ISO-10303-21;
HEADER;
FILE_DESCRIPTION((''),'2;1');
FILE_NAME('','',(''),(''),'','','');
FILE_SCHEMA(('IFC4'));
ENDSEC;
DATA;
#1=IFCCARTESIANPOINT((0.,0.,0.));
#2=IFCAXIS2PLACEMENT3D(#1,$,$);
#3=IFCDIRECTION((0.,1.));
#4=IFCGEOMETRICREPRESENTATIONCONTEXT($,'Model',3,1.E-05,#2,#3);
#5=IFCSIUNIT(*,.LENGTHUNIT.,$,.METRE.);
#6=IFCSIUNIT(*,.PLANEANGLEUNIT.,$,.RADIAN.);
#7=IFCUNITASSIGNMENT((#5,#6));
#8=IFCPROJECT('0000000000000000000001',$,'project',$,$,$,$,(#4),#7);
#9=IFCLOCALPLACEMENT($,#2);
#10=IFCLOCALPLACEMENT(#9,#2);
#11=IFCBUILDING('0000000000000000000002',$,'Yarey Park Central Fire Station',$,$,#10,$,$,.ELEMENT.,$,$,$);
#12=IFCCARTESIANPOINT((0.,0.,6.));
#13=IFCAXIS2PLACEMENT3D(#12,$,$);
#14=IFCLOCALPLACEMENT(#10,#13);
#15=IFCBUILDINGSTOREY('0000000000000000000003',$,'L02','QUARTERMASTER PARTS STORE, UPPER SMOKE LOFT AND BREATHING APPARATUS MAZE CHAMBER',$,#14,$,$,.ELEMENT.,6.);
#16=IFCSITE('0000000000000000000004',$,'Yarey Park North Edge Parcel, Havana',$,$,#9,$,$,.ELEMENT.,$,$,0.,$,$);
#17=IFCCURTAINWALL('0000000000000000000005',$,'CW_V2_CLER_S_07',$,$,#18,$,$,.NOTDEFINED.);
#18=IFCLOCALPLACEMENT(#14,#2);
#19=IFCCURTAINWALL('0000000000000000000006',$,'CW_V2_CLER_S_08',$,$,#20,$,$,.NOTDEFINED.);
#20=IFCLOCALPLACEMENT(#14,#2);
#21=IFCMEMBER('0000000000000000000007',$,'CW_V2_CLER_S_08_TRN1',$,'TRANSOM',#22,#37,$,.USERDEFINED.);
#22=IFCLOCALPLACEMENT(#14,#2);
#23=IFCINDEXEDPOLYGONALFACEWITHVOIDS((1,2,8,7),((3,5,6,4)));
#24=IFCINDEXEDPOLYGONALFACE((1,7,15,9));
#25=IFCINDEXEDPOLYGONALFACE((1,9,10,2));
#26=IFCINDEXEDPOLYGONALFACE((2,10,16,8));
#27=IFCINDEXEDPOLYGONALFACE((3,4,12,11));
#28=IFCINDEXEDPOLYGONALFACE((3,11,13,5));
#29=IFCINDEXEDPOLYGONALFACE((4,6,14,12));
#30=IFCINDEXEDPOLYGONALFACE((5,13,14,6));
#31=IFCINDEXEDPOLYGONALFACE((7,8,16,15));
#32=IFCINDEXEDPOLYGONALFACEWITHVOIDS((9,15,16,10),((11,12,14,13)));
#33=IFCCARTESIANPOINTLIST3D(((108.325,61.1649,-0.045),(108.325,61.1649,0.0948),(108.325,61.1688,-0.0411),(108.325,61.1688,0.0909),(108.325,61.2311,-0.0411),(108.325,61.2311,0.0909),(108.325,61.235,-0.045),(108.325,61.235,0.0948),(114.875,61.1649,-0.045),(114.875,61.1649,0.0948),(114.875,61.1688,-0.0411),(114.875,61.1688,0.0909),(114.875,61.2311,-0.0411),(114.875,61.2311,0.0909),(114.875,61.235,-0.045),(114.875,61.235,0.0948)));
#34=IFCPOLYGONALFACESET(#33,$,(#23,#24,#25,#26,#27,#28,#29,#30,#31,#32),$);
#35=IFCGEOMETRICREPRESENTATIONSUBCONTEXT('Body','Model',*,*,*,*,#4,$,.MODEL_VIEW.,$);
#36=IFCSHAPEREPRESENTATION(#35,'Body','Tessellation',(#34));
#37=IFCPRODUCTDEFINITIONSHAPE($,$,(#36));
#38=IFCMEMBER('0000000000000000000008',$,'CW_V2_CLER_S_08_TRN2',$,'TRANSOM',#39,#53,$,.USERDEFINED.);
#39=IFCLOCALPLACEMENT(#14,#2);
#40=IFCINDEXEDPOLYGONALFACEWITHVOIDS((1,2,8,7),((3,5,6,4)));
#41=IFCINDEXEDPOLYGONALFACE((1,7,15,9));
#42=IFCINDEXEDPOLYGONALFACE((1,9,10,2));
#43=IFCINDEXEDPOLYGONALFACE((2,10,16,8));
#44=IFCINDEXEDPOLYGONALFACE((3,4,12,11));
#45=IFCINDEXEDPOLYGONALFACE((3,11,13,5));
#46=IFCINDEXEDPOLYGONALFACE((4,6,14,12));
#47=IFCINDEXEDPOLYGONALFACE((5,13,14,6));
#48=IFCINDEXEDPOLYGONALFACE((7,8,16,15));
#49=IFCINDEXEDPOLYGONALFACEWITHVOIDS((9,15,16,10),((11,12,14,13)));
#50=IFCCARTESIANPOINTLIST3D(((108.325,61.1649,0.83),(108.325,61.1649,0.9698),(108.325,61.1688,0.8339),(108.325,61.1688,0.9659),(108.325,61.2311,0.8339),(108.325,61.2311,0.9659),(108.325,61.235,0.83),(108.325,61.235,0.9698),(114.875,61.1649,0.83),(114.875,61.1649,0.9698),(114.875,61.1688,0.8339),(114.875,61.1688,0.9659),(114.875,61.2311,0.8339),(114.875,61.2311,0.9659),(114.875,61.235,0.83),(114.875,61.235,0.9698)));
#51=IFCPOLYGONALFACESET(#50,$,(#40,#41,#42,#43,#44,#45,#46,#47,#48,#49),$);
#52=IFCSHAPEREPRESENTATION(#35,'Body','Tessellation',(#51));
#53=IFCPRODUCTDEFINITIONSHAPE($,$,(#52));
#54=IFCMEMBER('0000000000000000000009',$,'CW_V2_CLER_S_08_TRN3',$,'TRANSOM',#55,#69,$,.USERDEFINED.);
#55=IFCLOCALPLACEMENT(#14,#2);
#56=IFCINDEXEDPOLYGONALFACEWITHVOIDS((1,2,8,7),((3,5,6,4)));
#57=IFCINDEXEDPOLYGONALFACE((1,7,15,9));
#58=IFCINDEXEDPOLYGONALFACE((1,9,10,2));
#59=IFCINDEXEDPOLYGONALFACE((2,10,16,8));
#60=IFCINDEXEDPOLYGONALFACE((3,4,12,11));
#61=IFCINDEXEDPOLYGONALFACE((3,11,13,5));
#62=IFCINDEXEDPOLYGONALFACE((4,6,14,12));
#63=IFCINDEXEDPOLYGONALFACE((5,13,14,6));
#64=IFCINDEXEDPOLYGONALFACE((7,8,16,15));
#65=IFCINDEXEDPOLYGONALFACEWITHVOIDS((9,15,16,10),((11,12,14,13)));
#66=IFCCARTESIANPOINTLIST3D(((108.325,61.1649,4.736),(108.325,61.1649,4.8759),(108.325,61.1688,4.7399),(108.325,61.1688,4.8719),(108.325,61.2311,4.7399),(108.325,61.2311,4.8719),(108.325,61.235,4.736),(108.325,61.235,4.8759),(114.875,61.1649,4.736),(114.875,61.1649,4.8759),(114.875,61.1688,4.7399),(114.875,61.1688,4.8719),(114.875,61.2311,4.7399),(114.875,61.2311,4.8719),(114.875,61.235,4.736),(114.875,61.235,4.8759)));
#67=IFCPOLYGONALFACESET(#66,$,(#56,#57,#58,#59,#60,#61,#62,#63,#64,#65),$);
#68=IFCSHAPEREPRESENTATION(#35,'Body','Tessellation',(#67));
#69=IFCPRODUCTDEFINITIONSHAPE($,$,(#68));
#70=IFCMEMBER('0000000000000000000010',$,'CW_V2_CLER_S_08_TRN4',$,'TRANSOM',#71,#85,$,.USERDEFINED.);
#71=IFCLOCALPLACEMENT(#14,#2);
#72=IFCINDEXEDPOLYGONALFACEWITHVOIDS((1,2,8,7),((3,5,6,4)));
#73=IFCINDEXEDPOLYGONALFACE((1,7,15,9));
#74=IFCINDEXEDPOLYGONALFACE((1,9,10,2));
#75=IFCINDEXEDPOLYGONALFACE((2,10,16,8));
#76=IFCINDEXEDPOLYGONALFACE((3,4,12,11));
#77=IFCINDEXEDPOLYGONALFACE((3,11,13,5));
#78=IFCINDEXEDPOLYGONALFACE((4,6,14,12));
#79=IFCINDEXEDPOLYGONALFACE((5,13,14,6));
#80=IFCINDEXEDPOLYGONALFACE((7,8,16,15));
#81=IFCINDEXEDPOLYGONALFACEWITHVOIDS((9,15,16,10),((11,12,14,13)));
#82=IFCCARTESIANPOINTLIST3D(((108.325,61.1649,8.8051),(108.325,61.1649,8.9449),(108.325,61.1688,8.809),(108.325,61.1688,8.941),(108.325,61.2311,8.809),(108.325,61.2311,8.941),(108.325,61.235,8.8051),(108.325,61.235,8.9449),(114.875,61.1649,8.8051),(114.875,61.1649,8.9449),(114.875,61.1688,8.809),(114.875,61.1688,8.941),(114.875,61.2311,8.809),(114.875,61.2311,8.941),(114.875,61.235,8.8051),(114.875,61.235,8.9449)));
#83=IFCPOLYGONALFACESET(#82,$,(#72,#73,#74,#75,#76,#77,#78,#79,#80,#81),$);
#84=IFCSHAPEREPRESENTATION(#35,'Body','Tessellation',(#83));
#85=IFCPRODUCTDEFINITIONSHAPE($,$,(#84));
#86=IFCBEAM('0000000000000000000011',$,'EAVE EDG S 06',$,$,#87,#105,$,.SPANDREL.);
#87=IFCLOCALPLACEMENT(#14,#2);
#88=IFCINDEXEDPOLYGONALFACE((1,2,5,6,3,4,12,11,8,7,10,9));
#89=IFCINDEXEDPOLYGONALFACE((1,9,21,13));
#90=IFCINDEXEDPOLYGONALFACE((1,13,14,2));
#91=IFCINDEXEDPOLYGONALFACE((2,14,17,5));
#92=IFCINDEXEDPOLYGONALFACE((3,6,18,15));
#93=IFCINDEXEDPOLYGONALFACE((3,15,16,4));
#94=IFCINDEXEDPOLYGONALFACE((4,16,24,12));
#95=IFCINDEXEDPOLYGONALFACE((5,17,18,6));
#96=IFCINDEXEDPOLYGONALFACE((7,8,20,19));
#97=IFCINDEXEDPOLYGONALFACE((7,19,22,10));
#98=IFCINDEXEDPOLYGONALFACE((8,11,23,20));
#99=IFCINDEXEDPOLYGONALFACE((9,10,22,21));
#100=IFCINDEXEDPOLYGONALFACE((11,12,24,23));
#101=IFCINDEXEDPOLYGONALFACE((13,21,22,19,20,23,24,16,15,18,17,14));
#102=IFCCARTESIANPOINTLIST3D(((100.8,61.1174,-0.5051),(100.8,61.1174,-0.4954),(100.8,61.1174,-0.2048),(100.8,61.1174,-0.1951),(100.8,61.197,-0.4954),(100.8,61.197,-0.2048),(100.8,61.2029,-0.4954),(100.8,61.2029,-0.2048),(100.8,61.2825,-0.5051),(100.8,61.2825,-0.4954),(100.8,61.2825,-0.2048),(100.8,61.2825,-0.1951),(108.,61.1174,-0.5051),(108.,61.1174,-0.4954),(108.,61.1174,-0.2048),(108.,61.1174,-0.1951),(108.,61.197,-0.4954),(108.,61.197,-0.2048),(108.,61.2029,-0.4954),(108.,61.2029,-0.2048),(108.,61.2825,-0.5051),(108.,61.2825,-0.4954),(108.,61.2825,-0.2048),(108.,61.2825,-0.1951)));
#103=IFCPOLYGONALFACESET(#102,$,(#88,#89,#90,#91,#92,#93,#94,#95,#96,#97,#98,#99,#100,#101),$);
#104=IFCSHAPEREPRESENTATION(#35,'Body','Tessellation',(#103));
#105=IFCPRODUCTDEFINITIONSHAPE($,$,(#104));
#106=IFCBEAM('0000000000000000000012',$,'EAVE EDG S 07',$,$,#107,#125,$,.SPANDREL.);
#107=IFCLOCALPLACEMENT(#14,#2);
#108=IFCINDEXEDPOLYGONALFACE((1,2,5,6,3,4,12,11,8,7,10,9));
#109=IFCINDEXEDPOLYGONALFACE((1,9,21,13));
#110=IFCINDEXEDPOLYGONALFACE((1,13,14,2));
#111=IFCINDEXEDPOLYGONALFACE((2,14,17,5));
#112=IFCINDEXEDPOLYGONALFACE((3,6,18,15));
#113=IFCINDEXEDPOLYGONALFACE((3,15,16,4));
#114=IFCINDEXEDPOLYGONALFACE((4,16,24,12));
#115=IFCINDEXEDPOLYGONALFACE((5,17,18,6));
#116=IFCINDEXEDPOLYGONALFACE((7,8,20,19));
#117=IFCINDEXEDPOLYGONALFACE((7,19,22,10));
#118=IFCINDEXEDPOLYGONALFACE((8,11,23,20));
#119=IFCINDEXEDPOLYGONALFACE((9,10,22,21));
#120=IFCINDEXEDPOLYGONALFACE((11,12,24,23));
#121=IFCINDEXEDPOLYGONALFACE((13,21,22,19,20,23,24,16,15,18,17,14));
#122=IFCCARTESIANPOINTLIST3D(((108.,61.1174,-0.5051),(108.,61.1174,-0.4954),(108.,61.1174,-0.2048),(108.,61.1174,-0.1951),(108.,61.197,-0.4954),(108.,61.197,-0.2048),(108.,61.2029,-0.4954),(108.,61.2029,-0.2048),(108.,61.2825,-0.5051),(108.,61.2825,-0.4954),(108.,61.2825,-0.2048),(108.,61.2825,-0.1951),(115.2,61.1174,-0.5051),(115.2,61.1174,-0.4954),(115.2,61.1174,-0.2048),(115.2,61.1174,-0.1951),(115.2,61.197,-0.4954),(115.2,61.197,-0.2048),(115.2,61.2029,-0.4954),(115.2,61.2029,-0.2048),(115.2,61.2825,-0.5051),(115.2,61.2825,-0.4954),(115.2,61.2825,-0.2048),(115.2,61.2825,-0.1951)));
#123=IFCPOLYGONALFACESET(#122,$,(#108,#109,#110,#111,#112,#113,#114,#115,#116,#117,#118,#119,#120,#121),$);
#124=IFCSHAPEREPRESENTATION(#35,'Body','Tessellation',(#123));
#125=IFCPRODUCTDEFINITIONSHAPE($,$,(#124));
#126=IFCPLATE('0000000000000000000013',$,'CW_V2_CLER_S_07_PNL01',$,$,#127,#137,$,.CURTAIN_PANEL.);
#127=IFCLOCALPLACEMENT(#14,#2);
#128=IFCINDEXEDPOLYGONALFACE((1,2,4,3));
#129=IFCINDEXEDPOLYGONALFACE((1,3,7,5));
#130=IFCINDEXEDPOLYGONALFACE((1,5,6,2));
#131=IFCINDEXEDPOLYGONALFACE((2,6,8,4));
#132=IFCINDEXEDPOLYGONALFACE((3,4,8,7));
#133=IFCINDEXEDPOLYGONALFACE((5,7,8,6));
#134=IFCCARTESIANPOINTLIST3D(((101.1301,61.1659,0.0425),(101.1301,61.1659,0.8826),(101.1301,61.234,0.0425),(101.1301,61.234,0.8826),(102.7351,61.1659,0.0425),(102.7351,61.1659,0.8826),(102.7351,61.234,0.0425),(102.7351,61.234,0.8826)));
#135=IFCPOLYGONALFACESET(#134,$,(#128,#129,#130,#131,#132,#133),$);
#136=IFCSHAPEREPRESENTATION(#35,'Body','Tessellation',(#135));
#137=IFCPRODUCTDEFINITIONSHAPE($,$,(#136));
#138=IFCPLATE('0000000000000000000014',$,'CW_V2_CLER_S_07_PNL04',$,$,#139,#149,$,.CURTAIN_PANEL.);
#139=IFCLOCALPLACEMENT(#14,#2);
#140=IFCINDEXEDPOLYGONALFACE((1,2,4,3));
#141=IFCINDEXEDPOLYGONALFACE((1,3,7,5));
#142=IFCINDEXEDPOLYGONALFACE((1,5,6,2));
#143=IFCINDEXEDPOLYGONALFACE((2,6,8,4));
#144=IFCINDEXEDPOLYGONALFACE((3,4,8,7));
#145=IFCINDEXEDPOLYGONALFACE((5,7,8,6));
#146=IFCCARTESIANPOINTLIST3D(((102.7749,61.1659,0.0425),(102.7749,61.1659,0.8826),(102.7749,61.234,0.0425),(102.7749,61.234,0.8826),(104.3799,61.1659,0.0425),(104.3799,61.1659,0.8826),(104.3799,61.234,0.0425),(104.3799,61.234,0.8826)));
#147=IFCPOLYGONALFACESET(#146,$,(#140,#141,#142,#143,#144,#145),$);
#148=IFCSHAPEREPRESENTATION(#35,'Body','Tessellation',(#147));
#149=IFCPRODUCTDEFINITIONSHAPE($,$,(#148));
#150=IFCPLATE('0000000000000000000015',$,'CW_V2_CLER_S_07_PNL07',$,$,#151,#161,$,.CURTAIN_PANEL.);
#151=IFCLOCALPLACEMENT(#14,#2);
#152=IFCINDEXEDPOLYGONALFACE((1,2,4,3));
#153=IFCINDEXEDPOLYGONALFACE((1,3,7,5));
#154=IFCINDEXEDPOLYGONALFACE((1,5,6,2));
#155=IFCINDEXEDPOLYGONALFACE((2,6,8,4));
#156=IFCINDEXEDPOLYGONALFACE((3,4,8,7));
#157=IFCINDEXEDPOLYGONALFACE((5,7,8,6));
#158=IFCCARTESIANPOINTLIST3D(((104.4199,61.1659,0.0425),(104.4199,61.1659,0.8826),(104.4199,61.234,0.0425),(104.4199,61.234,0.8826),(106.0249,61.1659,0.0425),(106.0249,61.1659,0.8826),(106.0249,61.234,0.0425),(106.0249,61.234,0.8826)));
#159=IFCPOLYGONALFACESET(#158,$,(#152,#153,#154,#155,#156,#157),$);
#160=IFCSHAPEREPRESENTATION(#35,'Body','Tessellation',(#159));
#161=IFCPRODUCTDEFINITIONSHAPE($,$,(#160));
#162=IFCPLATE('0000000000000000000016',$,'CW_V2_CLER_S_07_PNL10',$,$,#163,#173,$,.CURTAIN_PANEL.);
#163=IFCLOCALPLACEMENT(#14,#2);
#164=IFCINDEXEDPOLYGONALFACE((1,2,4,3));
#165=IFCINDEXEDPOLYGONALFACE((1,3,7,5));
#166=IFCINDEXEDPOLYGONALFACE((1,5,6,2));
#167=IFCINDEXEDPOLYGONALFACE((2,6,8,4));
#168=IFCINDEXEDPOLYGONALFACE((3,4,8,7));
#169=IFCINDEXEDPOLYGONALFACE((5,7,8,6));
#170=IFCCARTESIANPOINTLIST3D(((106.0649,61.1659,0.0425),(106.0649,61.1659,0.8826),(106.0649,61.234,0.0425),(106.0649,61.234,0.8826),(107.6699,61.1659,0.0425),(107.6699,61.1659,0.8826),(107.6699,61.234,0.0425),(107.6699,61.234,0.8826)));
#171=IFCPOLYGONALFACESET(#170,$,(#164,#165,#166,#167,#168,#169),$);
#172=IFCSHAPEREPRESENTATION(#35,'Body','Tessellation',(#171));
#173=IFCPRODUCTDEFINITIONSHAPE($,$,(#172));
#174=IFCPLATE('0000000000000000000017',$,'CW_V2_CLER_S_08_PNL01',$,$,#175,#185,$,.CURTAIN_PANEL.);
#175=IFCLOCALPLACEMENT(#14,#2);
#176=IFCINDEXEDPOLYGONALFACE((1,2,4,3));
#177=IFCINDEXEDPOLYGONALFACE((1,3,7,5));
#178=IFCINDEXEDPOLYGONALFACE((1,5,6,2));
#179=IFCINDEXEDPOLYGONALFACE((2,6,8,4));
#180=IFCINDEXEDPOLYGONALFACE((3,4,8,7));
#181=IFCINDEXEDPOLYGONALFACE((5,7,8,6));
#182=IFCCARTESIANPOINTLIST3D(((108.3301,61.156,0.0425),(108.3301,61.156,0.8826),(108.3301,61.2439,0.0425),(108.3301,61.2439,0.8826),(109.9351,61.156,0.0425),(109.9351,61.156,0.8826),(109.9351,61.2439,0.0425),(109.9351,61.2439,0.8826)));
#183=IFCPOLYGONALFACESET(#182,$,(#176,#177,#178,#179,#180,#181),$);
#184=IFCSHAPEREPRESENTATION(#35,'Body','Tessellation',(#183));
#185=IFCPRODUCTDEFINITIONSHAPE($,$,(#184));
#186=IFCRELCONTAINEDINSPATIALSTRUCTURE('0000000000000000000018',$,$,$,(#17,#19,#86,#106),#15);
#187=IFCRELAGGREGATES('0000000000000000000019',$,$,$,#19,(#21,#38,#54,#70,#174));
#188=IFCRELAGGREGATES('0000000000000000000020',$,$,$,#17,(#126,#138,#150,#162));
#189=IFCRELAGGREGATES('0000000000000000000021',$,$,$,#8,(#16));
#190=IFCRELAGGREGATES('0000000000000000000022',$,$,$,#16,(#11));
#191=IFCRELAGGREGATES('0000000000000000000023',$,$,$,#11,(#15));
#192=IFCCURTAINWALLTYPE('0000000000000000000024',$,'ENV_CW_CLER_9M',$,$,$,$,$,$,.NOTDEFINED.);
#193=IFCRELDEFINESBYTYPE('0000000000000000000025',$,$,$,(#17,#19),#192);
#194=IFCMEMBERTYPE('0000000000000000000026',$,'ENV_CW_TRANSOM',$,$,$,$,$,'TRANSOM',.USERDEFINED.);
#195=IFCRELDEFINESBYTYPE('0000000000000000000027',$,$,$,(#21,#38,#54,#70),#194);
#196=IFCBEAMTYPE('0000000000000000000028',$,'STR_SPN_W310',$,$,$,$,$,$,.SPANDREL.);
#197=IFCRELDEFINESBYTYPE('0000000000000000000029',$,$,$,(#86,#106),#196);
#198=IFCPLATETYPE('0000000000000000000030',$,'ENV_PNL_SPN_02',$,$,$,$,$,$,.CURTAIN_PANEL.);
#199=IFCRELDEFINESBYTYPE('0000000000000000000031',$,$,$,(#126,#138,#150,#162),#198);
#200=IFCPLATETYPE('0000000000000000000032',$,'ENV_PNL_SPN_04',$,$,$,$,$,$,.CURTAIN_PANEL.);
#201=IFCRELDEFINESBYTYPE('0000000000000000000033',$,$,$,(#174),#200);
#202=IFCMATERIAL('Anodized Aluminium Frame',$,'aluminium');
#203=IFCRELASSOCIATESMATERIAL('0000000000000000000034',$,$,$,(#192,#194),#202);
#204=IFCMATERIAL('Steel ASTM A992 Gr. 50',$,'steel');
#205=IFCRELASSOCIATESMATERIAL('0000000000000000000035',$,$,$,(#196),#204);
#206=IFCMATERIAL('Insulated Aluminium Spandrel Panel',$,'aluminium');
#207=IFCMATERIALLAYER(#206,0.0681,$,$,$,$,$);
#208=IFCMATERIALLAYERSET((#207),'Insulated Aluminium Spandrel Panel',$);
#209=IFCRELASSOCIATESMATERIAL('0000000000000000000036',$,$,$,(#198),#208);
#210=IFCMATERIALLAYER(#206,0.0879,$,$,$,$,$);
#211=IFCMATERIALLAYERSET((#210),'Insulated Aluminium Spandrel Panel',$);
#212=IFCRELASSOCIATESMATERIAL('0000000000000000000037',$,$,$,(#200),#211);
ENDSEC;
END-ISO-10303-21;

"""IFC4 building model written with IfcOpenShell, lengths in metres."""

from ifc_helpers import new_model, si_unit, direction, frame, origin, origin_2d, place, context, subcontext, project, spatial, rectangle, hollow_rectangle, i_section, extrude, material, layer, layer_set, material_profile, profile_set, type_object, element, aggregate, save


model = new_model("IFC4")

# Units and contexts
model_context = context("Model", 3, precision=1e-05, world=origin(), true_north=direction((0.0, 1.0)))
body_context = subcontext(model_context, "Body", "Model", "MODEL_VIEW")
ifc_project = project(units=[si_unit("LENGTHUNIT", "METRE"), si_unit("PLANEANGLEUNIT", "RADIAN")], contexts=[model_context])

# Site, building, storey
site_placement = place(None, origin())
site = spatial("IfcSite", under=ifc_project, at=site_placement, Name="Yarey Park North Edge Parcel, Havana", CompositionType="ELEMENT", RefElevation=0.0)
building_placement = place(site_placement, origin())
building = spatial("IfcBuilding", under=site, at=building_placement, Name="Yarey Park Central Fire Station", CompositionType="ELEMENT")
storey_placement = place(building_placement, frame((0.0, 0.0, 6.0)))
storey = spatial("IfcBuildingStorey", under=building, at=storey_placement, Name="L02", Description="QUARTERMASTER PARTS STORE, UPPER SMOKE LOFT AND BREATHING APPARATUS MAZE CHAMBER", CompositionType="ELEMENT", Elevation=6.0)

# Shared definitions
ifc_material_1 = material(Name="Anodized Aluminium Frame", Category="aluminium")
curtain_wall_type = type_object("IfcCurtainWallType", Name="ENV_CW_CLER_9M", PredefinedType="NOTDEFINED", material=ifc_material_1)

# Curtain wall
curtain_wall_1_placement = place(storey_placement, origin())
curtain_wall_1 = element("IfcCurtainWall", 1, at=curtain_wall_1_placement, inside=storey, type_object=curtain_wall_type, Name="CW_V2_CLER_S_07", PredefinedType="NOTDEFINED")

# Curtain wall
curtain_wall_2_placement = place(storey_placement, origin())
curtain_wall_2 = element("IfcCurtainWall", 2, at=curtain_wall_2_placement, inside=storey, type_object=curtain_wall_type, Name="CW_V2_CLER_S_08", PredefinedType="NOTDEFINED")

# Members
ifc_material_profile_1 = material_profile(ifc_material_1, hollow_rectangle(XDim=0.0701, YDim=0.1399, WallThickness=0.0039, at=origin_2d()), Name="ALU 140x70x4")
ifc_profile_set_1 = profile_set([ifc_material_profile_1], Name="Anodized Aluminium Frame")
member_type_1 = type_object("IfcMemberType", Name="ENV_CW_TRANSOM", ElementType="TRANSOM", PredefinedType="USERDEFINED", material=ifc_profile_set_1)
member_1_placement = place(storey_placement, frame((108.325, 61.2, 0.0249), z_axis=(1.0, 0.0, 0.0), x_axis=(0.0, 1.0, 0.0)))
member_1 = element("IfcMember", 3, at=member_1_placement, type_object=member_type_1, Name="CW_V2_CLER_S_08_TRN1", ObjectType="TRANSOM", PredefinedType="USERDEFINED", context=body_context, shape_type="SweptSolid", body=[
    extrude(hollow_rectangle(XDim=0.0701, YDim=0.1399, WallThickness=0.0039, at=origin_2d()), origin(), (0.0, 0.0, 1.0), 6.55),
])
member_2_placement = place(storey_placement, frame((108.325, 61.2, 0.8999), z_axis=(1.0, 0.0, 0.0), x_axis=(0.0, 1.0, 0.0)))
member_2 = element("IfcMember", 4, at=member_2_placement, type_object=member_type_1, Name="CW_V2_CLER_S_08_TRN2", ObjectType="TRANSOM", PredefinedType="USERDEFINED", context=body_context, shape_type="SweptSolid", body=[
    extrude(hollow_rectangle(XDim=0.0701, YDim=0.1399, WallThickness=0.0039, at=origin_2d()), origin(), (0.0, 0.0, 1.0), 6.55),
])
member_3_placement = place(storey_placement, frame((108.325, 61.2, 4.8059), z_axis=(1.0, 0.0, 0.0), x_axis=(0.0, 1.0, 0.0)))
member_3 = element("IfcMember", 5, at=member_3_placement, type_object=member_type_1, Name="CW_V2_CLER_S_08_TRN3", ObjectType="TRANSOM", PredefinedType="USERDEFINED", context=body_context, shape_type="SweptSolid", body=[
    extrude(hollow_rectangle(XDim=0.0701, YDim=0.1399, WallThickness=0.0039, at=origin_2d()), origin(), (0.0, 0.0, 1.0), 6.55),
])
member_4_placement = place(storey_placement, frame((108.325, 61.2, 8.875), z_axis=(1.0, 0.0, 0.0), x_axis=(0.0, 1.0, 0.0)))
member_4 = element("IfcMember", 6, at=member_4_placement, type_object=member_type_1, Name="CW_V2_CLER_S_08_TRN4", ObjectType="TRANSOM", PredefinedType="USERDEFINED", context=body_context, shape_type="SweptSolid", body=[
    extrude(hollow_rectangle(XDim=0.0701, YDim=0.1399, WallThickness=0.0039, at=origin_2d()), origin(), (0.0, 0.0, 1.0), 6.55),
])

# Beams
ifc_material_2 = material(Name="Steel ASTM A992 Gr. 50", Category="steel")
ifc_material_profile_2 = material_profile(ifc_material_2, i_section(OverallWidth=0.165, OverallDepth=0.3101, WebThickness=0.0059, FlangeThickness=0.0098, at=origin_2d()), Name="W310x39")
ifc_profile_set_2 = profile_set([ifc_material_profile_2], Name="Steel ASTM A992 Gr. 50")
beam_type = type_object("IfcBeamType", Name="STR_SPN_W310", PredefinedType="SPANDREL", material=ifc_profile_set_2)
for number, where, z_axis, x_axis, name in (
    (7, (100.8, 61.2, -0.3501), (1.0, 0.0, 0.0), (0.0, 1.0, 0.0), "EAVE EDG S 06"),
    (8, (108.0, 61.2, -0.3501), (1.0, 0.0, 0.0), (0.0, 1.0, 0.0), "EAVE EDG S 07"),
):
    element("IfcBeam", number, at=place(storey_placement, frame(where, z_axis=z_axis, x_axis=x_axis)), inside=storey, type_object=beam_type, Name=name, PredefinedType="SPANDREL", context=body_context, shape_type="SweptSolid", body=[
        extrude(i_section(OverallWidth=0.165, OverallDepth=0.3101, WebThickness=0.0059, FlangeThickness=0.0098, at=origin_2d()), origin(), (0.0, 0.0, 1.0), 7.2),
    ])

# Plates
ifc_material_3 = material(Name="Insulated Aluminium Spandrel Panel", Category="aluminium")
ifc_layer_1 = layer(ifc_material_3, 0.0681)
ifc_layer_set_1 = layer_set([ifc_layer_1], Name="Insulated Aluminium Spandrel Panel")
plate_type_1 = type_object("IfcPlateType", Name="ENV_PNL_SPN_02", PredefinedType="CURTAIN_PANEL", material=ifc_layer_set_1)
plate_1_placement = place(storey_placement, frame((101.9326, 61.2, 0.0425), z_axis=(0.0, 0.0, 1.0), x_axis=(1.0, 0.0, 0.0)))
plate_1 = element("IfcPlate", 9, at=plate_1_placement, type_object=plate_type_1, Name="CW_V2_CLER_S_07_PNL01", PredefinedType="CURTAIN_PANEL", context=body_context, shape_type="SweptSolid", body=[
    extrude(rectangle(XDim=1.605, YDim=0.0681, at=origin_2d()), origin(), (0.0, 0.0, 1.0), 0.8401),
])
plate_2_placement = place(storey_placement, frame((103.5774, 61.2, 0.0425), z_axis=(0.0, 0.0, 1.0), x_axis=(1.0, 0.0, 0.0)))
plate_2 = element("IfcPlate", 10, at=plate_2_placement, type_object=plate_type_1, Name="CW_V2_CLER_S_07_PNL04", PredefinedType="CURTAIN_PANEL", context=body_context, shape_type="SweptSolid", body=[
    extrude(rectangle(XDim=1.605, YDim=0.0681, at=origin_2d()), origin(), (0.0, 0.0, 1.0), 0.8401),
])
plate_3_placement = place(storey_placement, frame((105.2224, 61.2, 0.0425), z_axis=(0.0, 0.0, 1.0), x_axis=(1.0, 0.0, 0.0)))
plate_3 = element("IfcPlate", 11, at=plate_3_placement, type_object=plate_type_1, Name="CW_V2_CLER_S_07_PNL07", PredefinedType="CURTAIN_PANEL", context=body_context, shape_type="SweptSolid", body=[
    extrude(rectangle(XDim=1.605, YDim=0.0681, at=origin_2d()), origin(), (0.0, 0.0, 1.0), 0.8401),
])
plate_4_placement = place(storey_placement, frame((106.8674, 61.2, 0.0425), z_axis=(0.0, 0.0, 1.0), x_axis=(1.0, 0.0, 0.0)))
plate_4 = element("IfcPlate", 12, at=plate_4_placement, type_object=plate_type_1, Name="CW_V2_CLER_S_07_PNL10", PredefinedType="CURTAIN_PANEL", context=body_context, shape_type="SweptSolid", body=[
    extrude(rectangle(XDim=1.605, YDim=0.0681, at=origin_2d()), origin(), (0.0, 0.0, 1.0), 0.8401),
])
ifc_layer_2 = layer(ifc_material_3, 0.0879)
ifc_layer_set_2 = layer_set([ifc_layer_2], Name="Insulated Aluminium Spandrel Panel")
plate_type_2 = type_object("IfcPlateType", Name="ENV_PNL_SPN_04", PredefinedType="CURTAIN_PANEL", material=ifc_layer_set_2)
plate_5_placement = place(storey_placement, frame((109.1326, 61.2, 0.0425), z_axis=(0.0, 0.0, 1.0), x_axis=(1.0, 0.0, 0.0)))
plate_5 = element("IfcPlate", 13, at=plate_5_placement, type_object=plate_type_2, Name="CW_V2_CLER_S_08_PNL01", PredefinedType="CURTAIN_PANEL", context=body_context, shape_type="SweptSolid", body=[
    extrude(rectangle(XDim=1.605, YDim=0.0879, at=origin_2d()), origin(), (0.0, 0.0, 1.0), 0.8401),
])
aggregate(curtain_wall_2, [member_1, member_2, member_3, member_4, plate_5])
aggregate(curtain_wall_1, [plate_1, plate_2, plate_3, plate_4])

save(model, "model.ifc")
